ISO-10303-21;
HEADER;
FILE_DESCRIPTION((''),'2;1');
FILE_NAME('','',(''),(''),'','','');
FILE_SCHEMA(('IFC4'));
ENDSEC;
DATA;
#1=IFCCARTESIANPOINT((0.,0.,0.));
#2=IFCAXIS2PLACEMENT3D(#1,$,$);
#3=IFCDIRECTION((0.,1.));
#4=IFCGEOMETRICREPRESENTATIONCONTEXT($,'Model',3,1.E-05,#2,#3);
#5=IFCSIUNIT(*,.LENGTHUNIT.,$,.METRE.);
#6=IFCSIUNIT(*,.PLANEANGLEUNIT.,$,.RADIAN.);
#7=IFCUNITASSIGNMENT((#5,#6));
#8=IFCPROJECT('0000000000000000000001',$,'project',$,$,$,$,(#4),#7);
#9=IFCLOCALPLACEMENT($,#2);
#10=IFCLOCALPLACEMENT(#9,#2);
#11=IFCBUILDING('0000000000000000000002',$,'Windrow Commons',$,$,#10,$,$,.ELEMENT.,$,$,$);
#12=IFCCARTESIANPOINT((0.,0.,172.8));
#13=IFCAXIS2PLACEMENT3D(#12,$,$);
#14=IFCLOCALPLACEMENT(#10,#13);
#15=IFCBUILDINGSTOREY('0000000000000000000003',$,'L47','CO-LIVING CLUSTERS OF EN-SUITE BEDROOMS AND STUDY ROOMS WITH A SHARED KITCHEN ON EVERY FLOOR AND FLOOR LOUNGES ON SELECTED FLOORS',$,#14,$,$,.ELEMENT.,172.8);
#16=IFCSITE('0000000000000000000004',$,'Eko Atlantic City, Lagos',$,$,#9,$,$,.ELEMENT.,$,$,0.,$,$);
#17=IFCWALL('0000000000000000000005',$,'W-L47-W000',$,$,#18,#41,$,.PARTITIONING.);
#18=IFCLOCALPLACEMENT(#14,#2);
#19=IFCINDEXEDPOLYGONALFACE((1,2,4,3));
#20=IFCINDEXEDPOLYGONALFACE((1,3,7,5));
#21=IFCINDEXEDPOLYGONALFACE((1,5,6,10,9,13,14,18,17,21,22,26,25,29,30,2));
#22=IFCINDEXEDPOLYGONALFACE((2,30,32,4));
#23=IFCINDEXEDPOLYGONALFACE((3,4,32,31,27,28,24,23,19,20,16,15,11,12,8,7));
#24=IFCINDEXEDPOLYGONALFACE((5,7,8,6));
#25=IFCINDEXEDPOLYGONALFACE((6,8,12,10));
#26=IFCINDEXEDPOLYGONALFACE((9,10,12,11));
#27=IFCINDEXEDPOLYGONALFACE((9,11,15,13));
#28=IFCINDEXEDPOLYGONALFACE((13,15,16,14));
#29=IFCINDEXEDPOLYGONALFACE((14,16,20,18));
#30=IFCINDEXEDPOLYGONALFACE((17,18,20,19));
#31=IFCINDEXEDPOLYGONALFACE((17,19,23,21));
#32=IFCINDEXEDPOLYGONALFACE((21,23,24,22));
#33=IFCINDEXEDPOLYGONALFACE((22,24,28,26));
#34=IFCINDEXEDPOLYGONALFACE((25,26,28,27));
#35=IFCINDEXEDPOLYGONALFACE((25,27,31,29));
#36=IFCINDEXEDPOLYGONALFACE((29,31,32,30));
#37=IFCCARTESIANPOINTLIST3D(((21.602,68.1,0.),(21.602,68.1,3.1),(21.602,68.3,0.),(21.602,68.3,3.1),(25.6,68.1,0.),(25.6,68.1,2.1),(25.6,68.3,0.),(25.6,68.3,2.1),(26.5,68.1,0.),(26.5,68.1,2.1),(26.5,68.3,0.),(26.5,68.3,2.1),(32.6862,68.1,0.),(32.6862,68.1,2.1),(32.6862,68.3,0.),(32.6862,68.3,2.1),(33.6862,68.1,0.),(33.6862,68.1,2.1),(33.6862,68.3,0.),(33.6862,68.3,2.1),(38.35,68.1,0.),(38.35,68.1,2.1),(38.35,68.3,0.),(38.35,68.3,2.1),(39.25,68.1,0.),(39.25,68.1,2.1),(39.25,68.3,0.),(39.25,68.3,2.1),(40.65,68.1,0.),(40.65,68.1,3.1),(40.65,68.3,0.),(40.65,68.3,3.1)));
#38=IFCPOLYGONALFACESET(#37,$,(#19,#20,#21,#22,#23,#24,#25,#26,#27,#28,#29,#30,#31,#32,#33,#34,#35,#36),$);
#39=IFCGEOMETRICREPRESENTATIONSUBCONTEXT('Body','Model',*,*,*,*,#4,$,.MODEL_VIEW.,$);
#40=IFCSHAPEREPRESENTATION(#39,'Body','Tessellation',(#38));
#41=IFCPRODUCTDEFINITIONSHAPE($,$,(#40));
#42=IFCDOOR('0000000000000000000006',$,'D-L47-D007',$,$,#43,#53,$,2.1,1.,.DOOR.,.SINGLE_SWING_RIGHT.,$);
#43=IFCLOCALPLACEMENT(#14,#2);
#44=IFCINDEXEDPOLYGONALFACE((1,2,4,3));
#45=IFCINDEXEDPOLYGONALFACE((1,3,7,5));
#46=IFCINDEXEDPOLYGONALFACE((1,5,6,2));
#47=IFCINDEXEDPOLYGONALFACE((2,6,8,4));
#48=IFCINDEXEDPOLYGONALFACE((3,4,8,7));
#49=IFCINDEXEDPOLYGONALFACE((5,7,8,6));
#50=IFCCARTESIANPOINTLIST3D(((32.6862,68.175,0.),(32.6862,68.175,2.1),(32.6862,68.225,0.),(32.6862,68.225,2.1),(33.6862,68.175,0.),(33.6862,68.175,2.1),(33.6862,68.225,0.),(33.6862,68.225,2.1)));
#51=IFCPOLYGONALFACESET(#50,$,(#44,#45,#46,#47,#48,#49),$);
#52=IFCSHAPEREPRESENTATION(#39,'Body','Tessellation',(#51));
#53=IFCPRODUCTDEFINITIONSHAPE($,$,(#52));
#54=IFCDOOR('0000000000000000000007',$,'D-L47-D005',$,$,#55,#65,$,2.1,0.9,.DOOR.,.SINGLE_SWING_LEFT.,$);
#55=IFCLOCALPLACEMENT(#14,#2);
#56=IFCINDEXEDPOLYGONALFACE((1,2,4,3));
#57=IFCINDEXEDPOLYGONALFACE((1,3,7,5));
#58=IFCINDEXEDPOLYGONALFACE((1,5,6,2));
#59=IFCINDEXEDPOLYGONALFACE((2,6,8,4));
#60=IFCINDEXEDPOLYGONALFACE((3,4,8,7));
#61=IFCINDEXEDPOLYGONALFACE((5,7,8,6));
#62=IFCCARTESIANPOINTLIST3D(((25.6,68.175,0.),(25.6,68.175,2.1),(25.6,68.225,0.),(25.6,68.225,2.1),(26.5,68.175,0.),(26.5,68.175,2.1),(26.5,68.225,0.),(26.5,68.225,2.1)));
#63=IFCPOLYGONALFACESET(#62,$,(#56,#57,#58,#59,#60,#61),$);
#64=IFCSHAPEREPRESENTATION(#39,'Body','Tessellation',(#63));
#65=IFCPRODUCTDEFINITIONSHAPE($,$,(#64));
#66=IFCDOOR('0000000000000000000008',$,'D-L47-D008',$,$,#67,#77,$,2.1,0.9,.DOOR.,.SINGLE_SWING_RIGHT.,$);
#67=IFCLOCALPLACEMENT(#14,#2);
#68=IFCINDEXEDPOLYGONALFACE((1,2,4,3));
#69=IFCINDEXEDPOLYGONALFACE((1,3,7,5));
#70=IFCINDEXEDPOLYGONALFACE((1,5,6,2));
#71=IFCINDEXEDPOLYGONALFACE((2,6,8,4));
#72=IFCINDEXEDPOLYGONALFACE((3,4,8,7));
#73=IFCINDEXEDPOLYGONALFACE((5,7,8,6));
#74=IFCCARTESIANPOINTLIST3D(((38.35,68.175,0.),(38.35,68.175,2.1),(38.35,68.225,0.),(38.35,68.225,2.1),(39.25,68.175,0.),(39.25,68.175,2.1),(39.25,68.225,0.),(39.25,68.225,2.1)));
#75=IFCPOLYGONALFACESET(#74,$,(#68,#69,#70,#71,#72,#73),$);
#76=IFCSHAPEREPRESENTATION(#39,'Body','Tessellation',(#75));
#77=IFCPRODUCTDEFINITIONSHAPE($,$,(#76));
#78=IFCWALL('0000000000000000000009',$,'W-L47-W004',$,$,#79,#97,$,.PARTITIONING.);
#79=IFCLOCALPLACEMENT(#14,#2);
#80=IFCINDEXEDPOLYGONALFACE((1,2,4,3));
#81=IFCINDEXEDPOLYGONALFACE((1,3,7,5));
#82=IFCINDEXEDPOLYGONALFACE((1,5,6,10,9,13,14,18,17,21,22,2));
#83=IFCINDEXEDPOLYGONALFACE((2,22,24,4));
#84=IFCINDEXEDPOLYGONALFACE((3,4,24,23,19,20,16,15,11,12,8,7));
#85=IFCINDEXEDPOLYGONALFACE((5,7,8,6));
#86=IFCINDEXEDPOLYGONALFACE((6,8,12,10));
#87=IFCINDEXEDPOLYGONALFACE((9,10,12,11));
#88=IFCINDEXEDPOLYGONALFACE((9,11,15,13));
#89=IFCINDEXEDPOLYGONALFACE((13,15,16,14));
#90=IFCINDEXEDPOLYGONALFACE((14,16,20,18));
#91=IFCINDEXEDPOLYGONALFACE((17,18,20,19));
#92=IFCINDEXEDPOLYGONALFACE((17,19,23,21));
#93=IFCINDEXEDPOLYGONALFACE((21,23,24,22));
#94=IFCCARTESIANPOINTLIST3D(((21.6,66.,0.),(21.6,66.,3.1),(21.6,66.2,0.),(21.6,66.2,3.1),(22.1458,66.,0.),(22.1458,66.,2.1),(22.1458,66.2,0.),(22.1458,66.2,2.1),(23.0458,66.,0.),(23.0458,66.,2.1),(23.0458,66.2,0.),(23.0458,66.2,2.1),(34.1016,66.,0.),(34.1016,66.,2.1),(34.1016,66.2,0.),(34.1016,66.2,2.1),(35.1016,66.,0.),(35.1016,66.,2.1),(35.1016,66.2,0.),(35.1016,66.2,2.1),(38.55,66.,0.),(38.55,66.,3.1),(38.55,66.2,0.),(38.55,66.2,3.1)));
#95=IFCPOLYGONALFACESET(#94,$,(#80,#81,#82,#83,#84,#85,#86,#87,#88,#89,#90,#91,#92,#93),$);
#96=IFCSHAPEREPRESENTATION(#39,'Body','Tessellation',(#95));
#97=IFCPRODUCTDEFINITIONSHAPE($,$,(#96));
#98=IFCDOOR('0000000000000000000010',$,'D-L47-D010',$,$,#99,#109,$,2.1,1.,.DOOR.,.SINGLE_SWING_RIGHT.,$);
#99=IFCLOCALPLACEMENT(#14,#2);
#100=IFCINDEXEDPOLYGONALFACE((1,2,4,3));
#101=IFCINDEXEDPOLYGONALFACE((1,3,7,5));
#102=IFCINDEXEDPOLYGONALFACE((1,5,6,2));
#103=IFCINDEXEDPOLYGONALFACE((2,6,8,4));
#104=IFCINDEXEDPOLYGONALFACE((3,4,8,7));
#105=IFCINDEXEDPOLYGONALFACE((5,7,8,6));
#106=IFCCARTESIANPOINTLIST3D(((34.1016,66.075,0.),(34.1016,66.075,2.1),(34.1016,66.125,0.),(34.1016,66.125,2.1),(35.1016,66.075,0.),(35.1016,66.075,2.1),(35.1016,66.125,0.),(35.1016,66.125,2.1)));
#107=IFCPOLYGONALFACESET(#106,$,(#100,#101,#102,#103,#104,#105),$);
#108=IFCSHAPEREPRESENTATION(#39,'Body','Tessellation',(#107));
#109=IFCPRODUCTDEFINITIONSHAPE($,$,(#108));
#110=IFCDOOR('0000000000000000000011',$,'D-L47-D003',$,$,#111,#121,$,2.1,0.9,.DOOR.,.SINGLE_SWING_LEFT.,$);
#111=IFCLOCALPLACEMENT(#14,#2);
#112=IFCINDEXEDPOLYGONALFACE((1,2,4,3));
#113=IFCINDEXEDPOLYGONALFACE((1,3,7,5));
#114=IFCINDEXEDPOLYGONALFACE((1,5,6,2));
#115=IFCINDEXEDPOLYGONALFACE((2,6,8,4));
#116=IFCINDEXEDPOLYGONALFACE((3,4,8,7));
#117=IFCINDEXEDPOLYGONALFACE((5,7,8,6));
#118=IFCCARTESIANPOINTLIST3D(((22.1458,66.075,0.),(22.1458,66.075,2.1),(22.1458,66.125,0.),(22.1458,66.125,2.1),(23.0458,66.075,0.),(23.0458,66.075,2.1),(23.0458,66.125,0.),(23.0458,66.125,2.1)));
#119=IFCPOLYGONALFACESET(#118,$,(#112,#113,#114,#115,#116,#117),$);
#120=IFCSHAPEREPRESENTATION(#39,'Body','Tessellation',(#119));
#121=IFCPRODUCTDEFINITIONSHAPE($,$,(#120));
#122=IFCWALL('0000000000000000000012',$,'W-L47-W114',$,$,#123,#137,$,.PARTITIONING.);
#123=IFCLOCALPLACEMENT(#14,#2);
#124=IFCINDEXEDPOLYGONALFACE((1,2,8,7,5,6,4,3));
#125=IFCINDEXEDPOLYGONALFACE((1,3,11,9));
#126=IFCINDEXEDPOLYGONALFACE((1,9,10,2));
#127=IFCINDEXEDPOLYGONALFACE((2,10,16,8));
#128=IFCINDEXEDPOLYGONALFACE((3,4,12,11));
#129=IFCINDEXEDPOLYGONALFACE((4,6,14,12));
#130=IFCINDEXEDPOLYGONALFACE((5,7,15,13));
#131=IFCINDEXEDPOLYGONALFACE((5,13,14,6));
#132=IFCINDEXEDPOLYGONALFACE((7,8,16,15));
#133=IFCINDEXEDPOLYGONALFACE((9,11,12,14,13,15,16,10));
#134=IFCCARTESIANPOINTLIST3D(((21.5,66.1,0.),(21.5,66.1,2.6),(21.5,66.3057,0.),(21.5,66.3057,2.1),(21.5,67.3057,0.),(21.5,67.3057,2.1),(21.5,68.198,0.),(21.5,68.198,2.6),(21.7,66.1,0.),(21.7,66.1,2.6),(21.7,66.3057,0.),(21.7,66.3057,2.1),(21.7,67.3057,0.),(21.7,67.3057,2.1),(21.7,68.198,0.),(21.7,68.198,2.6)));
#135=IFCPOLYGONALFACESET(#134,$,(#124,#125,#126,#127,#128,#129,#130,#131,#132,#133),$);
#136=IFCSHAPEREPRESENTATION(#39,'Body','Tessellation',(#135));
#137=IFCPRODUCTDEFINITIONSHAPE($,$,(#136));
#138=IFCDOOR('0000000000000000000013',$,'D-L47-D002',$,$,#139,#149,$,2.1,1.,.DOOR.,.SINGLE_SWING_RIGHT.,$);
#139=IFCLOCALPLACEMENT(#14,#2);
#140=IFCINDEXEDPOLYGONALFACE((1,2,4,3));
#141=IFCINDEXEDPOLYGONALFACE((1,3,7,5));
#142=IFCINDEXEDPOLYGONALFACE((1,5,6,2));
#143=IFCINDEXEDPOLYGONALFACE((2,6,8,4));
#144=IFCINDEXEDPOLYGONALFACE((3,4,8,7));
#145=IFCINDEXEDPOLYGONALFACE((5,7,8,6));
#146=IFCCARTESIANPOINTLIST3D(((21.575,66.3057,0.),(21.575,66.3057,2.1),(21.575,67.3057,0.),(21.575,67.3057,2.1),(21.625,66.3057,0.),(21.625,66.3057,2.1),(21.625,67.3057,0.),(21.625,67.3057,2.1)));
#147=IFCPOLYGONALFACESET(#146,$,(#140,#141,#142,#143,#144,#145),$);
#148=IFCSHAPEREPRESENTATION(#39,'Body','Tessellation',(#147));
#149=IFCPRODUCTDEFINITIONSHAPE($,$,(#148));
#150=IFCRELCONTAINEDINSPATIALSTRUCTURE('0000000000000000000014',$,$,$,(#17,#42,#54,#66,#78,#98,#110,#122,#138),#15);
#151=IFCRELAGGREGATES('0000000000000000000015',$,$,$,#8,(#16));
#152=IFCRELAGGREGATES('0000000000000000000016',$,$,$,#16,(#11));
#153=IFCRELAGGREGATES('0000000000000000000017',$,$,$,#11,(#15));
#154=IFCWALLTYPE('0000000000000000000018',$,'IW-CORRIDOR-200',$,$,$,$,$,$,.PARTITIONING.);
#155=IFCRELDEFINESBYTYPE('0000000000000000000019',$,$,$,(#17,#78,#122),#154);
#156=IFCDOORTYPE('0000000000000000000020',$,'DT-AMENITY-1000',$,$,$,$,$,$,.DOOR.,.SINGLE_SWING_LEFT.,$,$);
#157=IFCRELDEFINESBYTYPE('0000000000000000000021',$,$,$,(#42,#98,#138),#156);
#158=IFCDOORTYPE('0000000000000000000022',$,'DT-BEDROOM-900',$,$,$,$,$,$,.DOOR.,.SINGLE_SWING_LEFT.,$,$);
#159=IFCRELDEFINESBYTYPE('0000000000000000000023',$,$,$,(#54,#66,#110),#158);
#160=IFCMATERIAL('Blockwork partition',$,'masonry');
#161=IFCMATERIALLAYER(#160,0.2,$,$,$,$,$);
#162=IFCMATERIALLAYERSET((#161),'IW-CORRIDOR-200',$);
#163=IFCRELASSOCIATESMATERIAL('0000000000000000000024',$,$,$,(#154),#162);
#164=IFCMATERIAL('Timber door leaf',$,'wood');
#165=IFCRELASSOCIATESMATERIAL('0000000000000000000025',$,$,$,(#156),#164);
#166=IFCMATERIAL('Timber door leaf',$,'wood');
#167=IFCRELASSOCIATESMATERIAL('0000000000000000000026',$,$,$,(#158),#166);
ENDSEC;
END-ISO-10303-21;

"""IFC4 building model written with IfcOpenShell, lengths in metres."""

from ifc_helpers import new_model, si_unit, direction, frame, frame_2d, origin, place, context, subcontext, project, spatial, rectangle, extrude, material, layer, layer_set, type_object, element, fill, save


model = new_model("IFC4")

# Units and contexts
model_context = context("Model", 3, precision=1e-05, world=origin(), true_north=direction((0.0, 1.0)))
body_context = subcontext(model_context, "Body", "Model", "MODEL_VIEW")
ifc_project = project(units=[si_unit("LENGTHUNIT", "METRE"), si_unit("PLANEANGLEUNIT", "RADIAN")], contexts=[model_context])

# Site, building, storey
site_placement = place(None, origin())
site = spatial("IfcSite", under=ifc_project, at=site_placement, Name="Eko Atlantic City, Lagos", CompositionType="ELEMENT", RefElevation=0.0)
building_placement = place(site_placement, origin())
building = spatial("IfcBuilding", under=site, at=building_placement, Name="Windrow Commons", CompositionType="ELEMENT")
storey_placement = place(building_placement, frame((0.0, 0.0, 172.8)))
storey = spatial("IfcBuildingStorey", under=building, at=storey_placement, Name="L47", Description="CO-LIVING CLUSTERS OF EN-SUITE BEDROOMS AND STUDY ROOMS WITH A SHARED KITCHEN ON EVERY FLOOR AND FLOOR LOUNGES ON SELECTED FLOORS", CompositionType="ELEMENT", Elevation=172.8)

# Walls, openings, doors
ifc_material_1 = material(Name="Blockwork partition", Category="masonry")
ifc_layer_1 = layer(ifc_material_1, 0.2)
ifc_layer_set_1 = layer_set([ifc_layer_1], Name="IW-CORRIDOR-200")
wall_type_1 = type_object("IfcWallType", Name="IW-CORRIDOR-200", PredefinedType="PARTITIONING", material=ifc_layer_set_1)
wall_1_placement = place(storey_placement, frame((21.602, 68.2, 0.0), z_axis=(0.0, 0.0, 1.0), x_axis=(1.0, 0.0, 0.0)))
wall_1 = element("IfcWall", 1, at=wall_1_placement, inside=storey, type_object=wall_type_1, Name="W-L47-W000", PredefinedType="PARTITIONING", context=body_context, shape_type="SweptSolid", body=[
    extrude(rectangle(XDim=19.048, YDim=0.2, at=frame_2d((9.524, 0.0))), origin(), (0.0, 0.0, 1.0), 3.1),
])
opening_1_placement = place(wall_1_placement, frame((3.998, 0.0, 0.0)))
opening_1 = element("IfcOpeningElement", 2, at=opening_1_placement, cuts=wall_1, PredefinedType="OPENING", context=body_context, shape_type="SweptSolid", body=[
    extrude(rectangle(XDim=0.9, YDim=2.1, at=frame_2d((0.45, 1.05))), frame((0.0, 0.11, 0.0), z_axis=(0.0, -1.0, 0.0), x_axis=(1.0, 0.0, 0.0)), (0.0, 0.0, 1.0), 0.22),
])
opening_2_placement = place(wall_1_placement, frame((11.0842, 0.0, 0.0)))
opening_2 = element("IfcOpeningElement", 3, at=opening_2_placement, cuts=wall_1, PredefinedType="OPENING", context=body_context, shape_type="SweptSolid", body=[
    extrude(rectangle(XDim=1.0, YDim=2.1, at=frame_2d((0.5, 1.05))), frame((0.0, 0.11, 0.0), z_axis=(0.0, -1.0, 0.0), x_axis=(1.0, 0.0, 0.0)), (0.0, 0.0, 1.0), 0.22),
])
opening_3_placement = place(wall_1_placement, frame((16.748, 0.0, 0.0)))
opening_3 = element("IfcOpeningElement", 4, at=opening_3_placement, cuts=wall_1, PredefinedType="OPENING", context=body_context, shape_type="SweptSolid", body=[
    extrude(rectangle(XDim=0.9, YDim=2.1, at=frame_2d((0.45, 1.05))), frame((0.0, 0.11, 0.0), z_axis=(0.0, -1.0, 0.0), x_axis=(1.0, 0.0, 0.0)), (0.0, 0.0, 1.0), 0.22),
])
ifc_material_2 = material(Name="Timber door leaf", Category="wood")
door_type_1 = type_object("IfcDoorType", Name="DT-AMENITY-1000", OperationType="SINGLE_SWING_LEFT", PredefinedType="DOOR", material=ifc_material_2)
door_1_placement = place(opening_2_placement, origin())
door_1 = element("IfcDoor", 5, at=door_1_placement, inside=storey, type_object=door_type_1, Name="D-L47-D007", OperationType="SINGLE_SWING_RIGHT", OverallHeight=2.1, OverallWidth=1.0, PredefinedType="DOOR", context=body_context, shape_type="SweptSolid", body=[
    extrude(rectangle(XDim=1.0, YDim=2.1, at=frame_2d((0.5, 1.05))), frame((0.0, 0.025, 0.0), z_axis=(0.0, -1.0, 0.0), x_axis=(1.0, 0.0, 0.0)), (0.0, 0.0, 1.0), 0.05),
])
fill(opening_2, door_1)
ifc_material_3 = material(Name="Timber door leaf", Category="wood")
door_type_2 = type_object("IfcDoorType", Name="DT-BEDROOM-900", OperationType="SINGLE_SWING_LEFT", PredefinedType="DOOR", material=ifc_material_3)
door_2_placement = place(opening_1_placement, origin())
door_2 = element("IfcDoor", 6, at=door_2_placement, inside=storey, type_object=door_type_2, Name="D-L47-D005", OperationType="SINGLE_SWING_LEFT", OverallHeight=2.1, OverallWidth=0.9, PredefinedType="DOOR", context=body_context, shape_type="SweptSolid", body=[
    extrude(rectangle(XDim=0.9, YDim=2.1, at=frame_2d((0.45, 1.05))), frame((0.0, 0.025, 0.0), z_axis=(0.0, -1.0, 0.0), x_axis=(1.0, 0.0, 0.0)), (0.0, 0.0, 1.0), 0.05),
])
fill(opening_1, door_2)
door_3_placement = place(opening_3_placement, origin())
door_3 = element("IfcDoor", 7, at=door_3_placement, inside=storey, type_object=door_type_2, Name="D-L47-D008", OperationType="SINGLE_SWING_RIGHT", OverallHeight=2.1, OverallWidth=0.9, PredefinedType="DOOR", context=body_context, shape_type="SweptSolid", body=[
    extrude(rectangle(XDim=0.9, YDim=2.1, at=frame_2d((0.45, 1.05))), frame((0.0, 0.025, 0.0), z_axis=(0.0, -1.0, 0.0), x_axis=(1.0, 0.0, 0.0)), (0.0, 0.0, 1.0), 0.05),
])
fill(opening_3, door_3)
wall_2_placement = place(storey_placement, frame((21.6, 66.1, 0.0), z_axis=(0.0, 0.0, 1.0), x_axis=(1.0, 0.0, 0.0)))
wall_2 = element("IfcWall", 8, at=wall_2_placement, inside=storey, type_object=wall_type_1, Name="W-L47-W004", PredefinedType="PARTITIONING", context=body_context, shape_type="SweptSolid", body=[
    extrude(rectangle(XDim=16.95, YDim=0.2, at=frame_2d((8.475, 0.0))), origin(), (0.0, 0.0, 1.0), 3.1),
])
opening_4_placement = place(wall_2_placement, frame((0.5458, 0.0, 0.0)))
opening_4 = element("IfcOpeningElement", 9, at=opening_4_placement, cuts=wall_2, PredefinedType="OPENING", context=body_context, shape_type="SweptSolid", body=[
    extrude(rectangle(XDim=0.9, YDim=2.1, at=frame_2d((0.45, 1.05))), frame((0.0, 0.11, 0.0), z_axis=(0.0, -1.0, 0.0), x_axis=(1.0, 0.0, 0.0)), (0.0, 0.0, 1.0), 0.22),
])
opening_5_placement = place(wall_2_placement, frame((12.5016, 0.0, 0.0)))
opening_5 = element("IfcOpeningElement", 10, at=opening_5_placement, cuts=wall_2, PredefinedType="OPENING", context=body_context, shape_type="SweptSolid", body=[
    extrude(rectangle(XDim=1.0, YDim=2.1, at=frame_2d((0.5, 1.05))), frame((0.0, 0.11, 0.0), z_axis=(0.0, -1.0, 0.0), x_axis=(1.0, 0.0, 0.0)), (0.0, 0.0, 1.0), 0.22),
])
door_4_placement = place(opening_5_placement, origin())
door_4 = element("IfcDoor", 11, at=door_4_placement, inside=storey, type_object=door_type_1, Name="D-L47-D010", OperationType="SINGLE_SWING_RIGHT", OverallHeight=2.1, OverallWidth=1.0, PredefinedType="DOOR", context=body_context, shape_type="SweptSolid", body=[
    extrude(rectangle(XDim=1.0, YDim=2.1, at=frame_2d((0.5, 1.05))), frame((0.0, 0.025, 0.0), z_axis=(0.0, -1.0, 0.0), x_axis=(1.0, 0.0, 0.0)), (0.0, 0.0, 1.0), 0.05),
])
fill(opening_5, door_4)
door_5_placement = place(opening_4_placement, origin())
door_5 = element("IfcDoor", 12, at=door_5_placement, inside=storey, type_object=door_type_2, Name="D-L47-D003", OperationType="SINGLE_SWING_LEFT", OverallHeight=2.1, OverallWidth=0.9, PredefinedType="DOOR", context=body_context, shape_type="SweptSolid", body=[
    extrude(rectangle(XDim=0.9, YDim=2.1, at=frame_2d((0.45, 1.05))), frame((0.0, 0.025, 0.0), z_axis=(0.0, -1.0, 0.0), x_axis=(1.0, 0.0, 0.0)), (0.0, 0.0, 1.0), 0.05),
])
fill(opening_4, door_5)

# Wall, opening, door
wall_3_placement = place(storey_placement, frame((21.6, 66.1, 0.0), z_axis=(0.0, 0.0, 1.0), x_axis=(0.0, 1.0, 0.0)))
wall_3 = element("IfcWall", 13, at=wall_3_placement, inside=storey, type_object=wall_type_1, Name="W-L47-W114", PredefinedType="PARTITIONING", context=body_context, shape_type="SweptSolid", body=[
    extrude(rectangle(XDim=2.098, YDim=0.2, at=frame_2d((1.049, 0.0))), origin(), (0.0, 0.0, 1.0), 2.6),
])
opening_6_placement = place(wall_3_placement, frame((0.2057, 0.0, 0.0)))
opening_6 = element("IfcOpeningElement", 14, at=opening_6_placement, cuts=wall_3, PredefinedType="OPENING", context=body_context, shape_type="SweptSolid", body=[
    extrude(rectangle(XDim=1.0, YDim=2.1, at=frame_2d((0.5, 1.05))), frame((0.0, 0.11, 0.0), z_axis=(0.0, -1.0, 0.0), x_axis=(1.0, 0.0, 0.0)), (0.0, 0.0, 1.0), 0.22),
])
door_6_placement = place(opening_6_placement, origin())
door_6 = element("IfcDoor", 15, at=door_6_placement, inside=storey, type_object=door_type_1, Name="D-L47-D002", OperationType="SINGLE_SWING_RIGHT", OverallHeight=2.1, OverallWidth=1.0, PredefinedType="DOOR", context=body_context, shape_type="SweptSolid", body=[
    extrude(rectangle(XDim=1.0, YDim=2.1, at=frame_2d((0.5, 1.05))), frame((0.0, 0.025, 0.0), z_axis=(0.0, -1.0, 0.0), x_axis=(1.0, 0.0, 0.0)), (0.0, 0.0, 1.0), 0.05),
])
fill(opening_6, door_6)

save(model, "model.ifc")
